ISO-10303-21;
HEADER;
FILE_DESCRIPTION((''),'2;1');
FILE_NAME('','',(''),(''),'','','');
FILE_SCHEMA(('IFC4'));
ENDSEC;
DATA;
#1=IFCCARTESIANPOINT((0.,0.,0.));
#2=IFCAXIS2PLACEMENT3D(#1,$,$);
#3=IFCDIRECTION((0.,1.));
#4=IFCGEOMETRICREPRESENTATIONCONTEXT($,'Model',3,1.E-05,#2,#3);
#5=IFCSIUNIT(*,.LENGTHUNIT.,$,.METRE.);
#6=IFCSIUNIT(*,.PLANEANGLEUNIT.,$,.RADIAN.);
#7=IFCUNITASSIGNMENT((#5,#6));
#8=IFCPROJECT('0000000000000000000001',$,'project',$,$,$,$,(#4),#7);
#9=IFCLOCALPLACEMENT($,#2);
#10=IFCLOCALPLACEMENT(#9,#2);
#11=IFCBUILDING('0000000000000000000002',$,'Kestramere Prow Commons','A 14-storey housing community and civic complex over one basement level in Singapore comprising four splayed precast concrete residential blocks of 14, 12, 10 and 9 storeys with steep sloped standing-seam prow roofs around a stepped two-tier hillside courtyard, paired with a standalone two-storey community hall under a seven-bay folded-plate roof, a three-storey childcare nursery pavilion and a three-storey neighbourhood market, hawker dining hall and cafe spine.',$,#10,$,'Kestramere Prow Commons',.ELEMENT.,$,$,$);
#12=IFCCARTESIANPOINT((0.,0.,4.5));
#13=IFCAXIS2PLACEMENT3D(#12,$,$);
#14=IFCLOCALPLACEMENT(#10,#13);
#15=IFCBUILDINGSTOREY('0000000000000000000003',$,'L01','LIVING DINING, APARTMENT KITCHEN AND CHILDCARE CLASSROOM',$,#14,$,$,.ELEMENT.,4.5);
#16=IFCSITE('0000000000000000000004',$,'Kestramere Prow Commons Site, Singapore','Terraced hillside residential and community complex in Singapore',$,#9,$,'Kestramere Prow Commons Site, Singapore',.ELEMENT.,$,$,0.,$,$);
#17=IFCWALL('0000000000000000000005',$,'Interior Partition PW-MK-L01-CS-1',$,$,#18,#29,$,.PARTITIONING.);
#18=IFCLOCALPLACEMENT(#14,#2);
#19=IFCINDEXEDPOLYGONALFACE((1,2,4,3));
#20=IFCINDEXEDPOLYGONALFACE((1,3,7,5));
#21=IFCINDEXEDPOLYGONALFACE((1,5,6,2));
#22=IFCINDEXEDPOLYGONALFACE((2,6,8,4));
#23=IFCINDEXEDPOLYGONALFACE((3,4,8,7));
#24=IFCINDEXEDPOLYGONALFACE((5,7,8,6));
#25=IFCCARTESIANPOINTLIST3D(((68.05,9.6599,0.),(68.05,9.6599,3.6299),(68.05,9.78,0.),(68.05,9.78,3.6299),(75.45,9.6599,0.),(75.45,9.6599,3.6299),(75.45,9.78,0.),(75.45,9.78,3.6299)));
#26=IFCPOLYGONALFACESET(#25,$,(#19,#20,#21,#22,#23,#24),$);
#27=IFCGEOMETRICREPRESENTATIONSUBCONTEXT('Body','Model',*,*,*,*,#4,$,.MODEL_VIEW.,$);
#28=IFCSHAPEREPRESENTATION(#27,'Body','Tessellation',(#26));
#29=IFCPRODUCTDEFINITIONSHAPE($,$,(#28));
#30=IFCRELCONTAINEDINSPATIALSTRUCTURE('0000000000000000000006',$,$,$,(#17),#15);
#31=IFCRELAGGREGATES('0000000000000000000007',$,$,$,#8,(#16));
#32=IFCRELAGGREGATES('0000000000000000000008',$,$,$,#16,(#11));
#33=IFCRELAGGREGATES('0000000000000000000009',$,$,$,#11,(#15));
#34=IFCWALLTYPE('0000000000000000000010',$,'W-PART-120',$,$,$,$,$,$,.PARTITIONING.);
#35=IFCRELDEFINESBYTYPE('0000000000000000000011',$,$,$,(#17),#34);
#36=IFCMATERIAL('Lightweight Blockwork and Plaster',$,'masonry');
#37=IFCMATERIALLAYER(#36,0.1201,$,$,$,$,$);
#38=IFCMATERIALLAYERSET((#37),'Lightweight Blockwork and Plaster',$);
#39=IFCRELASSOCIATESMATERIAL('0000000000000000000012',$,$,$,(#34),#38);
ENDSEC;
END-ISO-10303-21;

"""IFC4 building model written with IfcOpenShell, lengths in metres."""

from ifc_helpers import new_model, si_unit, direction, frame, frame_2d, origin, place, context, subcontext, project, spatial, rectangle, extrude, material, layer, layer_set, type_object, element, save


model = new_model("IFC4")

# Units and contexts
model_context = context("Model", 3, precision=1e-05, world=origin(), true_north=direction((0.0, 1.0)))
body_context = subcontext(model_context, "Body", "Model", "MODEL_VIEW")
ifc_project = project(units=[si_unit("LENGTHUNIT", "METRE"), si_unit("PLANEANGLEUNIT", "RADIAN")], contexts=[model_context])

# Site, building, storey
site_placement = place(None, origin())
site = spatial("IfcSite", under=ifc_project, at=site_placement, Name="Kestramere Prow Commons Site, Singapore", Description="Terraced hillside residential and community complex in Singapore", LongName="Kestramere Prow Commons Site, Singapore", CompositionType="ELEMENT", RefElevation=0.0)
building_placement = place(site_placement, origin())
building = spatial("IfcBuilding", under=site, at=building_placement, Name="Kestramere Prow Commons", Description="A 14-storey housing community and civic complex over one basement level in Singapore comprising four splayed precast concrete residential blocks of 14, 12, 10 and 9 storeys with steep sloped standing-seam prow roofs around a stepped two-tier hillside courtyard, paired with a standalone two-storey community hall under a seven-bay folded-plate roof, a three-storey childcare nursery pavilion and a three-storey neighbourhood market, hawker dining hall and cafe spine.", LongName="Kestramere Prow Commons", CompositionType="ELEMENT")
storey_placement = place(building_placement, frame((0.0, 0.0, 4.5)))
storey = spatial("IfcBuildingStorey", under=building, at=storey_placement, Name="L01", Description="LIVING DINING, APARTMENT KITCHEN AND CHILDCARE CLASSROOM", CompositionType="ELEMENT", Elevation=4.5)

# Wall
ifc_material_1 = material(Name="Lightweight Blockwork and Plaster", Category="masonry")
ifc_layer_1 = layer(ifc_material_1, 0.1201)
ifc_layer_set_1 = layer_set([ifc_layer_1], Name="Lightweight Blockwork and Plaster")
wall_type = type_object("IfcWallType", Name="W-PART-120", PredefinedType="PARTITIONING", material=ifc_layer_set_1)
wall_placement = place(storey_placement, frame((68.05, 9.72, 0.0), z_axis=(0.0, 0.0, 1.0), x_axis=(1.0, 0.0, 0.0)))
element("IfcWall", 1, at=wall_placement, inside=storey, type_object=wall_type, Name="Interior Partition PW-MK-L01-CS-1", PredefinedType="PARTITIONING", context=body_context, shape_type="SweptSolid", body=[
    extrude(rectangle(XDim=7.3999, YDim=0.1201, at=frame_2d((3.7, 0.0))), origin(), (0.0, 0.0, 1.0), 3.6299),
])

save(model, "model.ifc")
